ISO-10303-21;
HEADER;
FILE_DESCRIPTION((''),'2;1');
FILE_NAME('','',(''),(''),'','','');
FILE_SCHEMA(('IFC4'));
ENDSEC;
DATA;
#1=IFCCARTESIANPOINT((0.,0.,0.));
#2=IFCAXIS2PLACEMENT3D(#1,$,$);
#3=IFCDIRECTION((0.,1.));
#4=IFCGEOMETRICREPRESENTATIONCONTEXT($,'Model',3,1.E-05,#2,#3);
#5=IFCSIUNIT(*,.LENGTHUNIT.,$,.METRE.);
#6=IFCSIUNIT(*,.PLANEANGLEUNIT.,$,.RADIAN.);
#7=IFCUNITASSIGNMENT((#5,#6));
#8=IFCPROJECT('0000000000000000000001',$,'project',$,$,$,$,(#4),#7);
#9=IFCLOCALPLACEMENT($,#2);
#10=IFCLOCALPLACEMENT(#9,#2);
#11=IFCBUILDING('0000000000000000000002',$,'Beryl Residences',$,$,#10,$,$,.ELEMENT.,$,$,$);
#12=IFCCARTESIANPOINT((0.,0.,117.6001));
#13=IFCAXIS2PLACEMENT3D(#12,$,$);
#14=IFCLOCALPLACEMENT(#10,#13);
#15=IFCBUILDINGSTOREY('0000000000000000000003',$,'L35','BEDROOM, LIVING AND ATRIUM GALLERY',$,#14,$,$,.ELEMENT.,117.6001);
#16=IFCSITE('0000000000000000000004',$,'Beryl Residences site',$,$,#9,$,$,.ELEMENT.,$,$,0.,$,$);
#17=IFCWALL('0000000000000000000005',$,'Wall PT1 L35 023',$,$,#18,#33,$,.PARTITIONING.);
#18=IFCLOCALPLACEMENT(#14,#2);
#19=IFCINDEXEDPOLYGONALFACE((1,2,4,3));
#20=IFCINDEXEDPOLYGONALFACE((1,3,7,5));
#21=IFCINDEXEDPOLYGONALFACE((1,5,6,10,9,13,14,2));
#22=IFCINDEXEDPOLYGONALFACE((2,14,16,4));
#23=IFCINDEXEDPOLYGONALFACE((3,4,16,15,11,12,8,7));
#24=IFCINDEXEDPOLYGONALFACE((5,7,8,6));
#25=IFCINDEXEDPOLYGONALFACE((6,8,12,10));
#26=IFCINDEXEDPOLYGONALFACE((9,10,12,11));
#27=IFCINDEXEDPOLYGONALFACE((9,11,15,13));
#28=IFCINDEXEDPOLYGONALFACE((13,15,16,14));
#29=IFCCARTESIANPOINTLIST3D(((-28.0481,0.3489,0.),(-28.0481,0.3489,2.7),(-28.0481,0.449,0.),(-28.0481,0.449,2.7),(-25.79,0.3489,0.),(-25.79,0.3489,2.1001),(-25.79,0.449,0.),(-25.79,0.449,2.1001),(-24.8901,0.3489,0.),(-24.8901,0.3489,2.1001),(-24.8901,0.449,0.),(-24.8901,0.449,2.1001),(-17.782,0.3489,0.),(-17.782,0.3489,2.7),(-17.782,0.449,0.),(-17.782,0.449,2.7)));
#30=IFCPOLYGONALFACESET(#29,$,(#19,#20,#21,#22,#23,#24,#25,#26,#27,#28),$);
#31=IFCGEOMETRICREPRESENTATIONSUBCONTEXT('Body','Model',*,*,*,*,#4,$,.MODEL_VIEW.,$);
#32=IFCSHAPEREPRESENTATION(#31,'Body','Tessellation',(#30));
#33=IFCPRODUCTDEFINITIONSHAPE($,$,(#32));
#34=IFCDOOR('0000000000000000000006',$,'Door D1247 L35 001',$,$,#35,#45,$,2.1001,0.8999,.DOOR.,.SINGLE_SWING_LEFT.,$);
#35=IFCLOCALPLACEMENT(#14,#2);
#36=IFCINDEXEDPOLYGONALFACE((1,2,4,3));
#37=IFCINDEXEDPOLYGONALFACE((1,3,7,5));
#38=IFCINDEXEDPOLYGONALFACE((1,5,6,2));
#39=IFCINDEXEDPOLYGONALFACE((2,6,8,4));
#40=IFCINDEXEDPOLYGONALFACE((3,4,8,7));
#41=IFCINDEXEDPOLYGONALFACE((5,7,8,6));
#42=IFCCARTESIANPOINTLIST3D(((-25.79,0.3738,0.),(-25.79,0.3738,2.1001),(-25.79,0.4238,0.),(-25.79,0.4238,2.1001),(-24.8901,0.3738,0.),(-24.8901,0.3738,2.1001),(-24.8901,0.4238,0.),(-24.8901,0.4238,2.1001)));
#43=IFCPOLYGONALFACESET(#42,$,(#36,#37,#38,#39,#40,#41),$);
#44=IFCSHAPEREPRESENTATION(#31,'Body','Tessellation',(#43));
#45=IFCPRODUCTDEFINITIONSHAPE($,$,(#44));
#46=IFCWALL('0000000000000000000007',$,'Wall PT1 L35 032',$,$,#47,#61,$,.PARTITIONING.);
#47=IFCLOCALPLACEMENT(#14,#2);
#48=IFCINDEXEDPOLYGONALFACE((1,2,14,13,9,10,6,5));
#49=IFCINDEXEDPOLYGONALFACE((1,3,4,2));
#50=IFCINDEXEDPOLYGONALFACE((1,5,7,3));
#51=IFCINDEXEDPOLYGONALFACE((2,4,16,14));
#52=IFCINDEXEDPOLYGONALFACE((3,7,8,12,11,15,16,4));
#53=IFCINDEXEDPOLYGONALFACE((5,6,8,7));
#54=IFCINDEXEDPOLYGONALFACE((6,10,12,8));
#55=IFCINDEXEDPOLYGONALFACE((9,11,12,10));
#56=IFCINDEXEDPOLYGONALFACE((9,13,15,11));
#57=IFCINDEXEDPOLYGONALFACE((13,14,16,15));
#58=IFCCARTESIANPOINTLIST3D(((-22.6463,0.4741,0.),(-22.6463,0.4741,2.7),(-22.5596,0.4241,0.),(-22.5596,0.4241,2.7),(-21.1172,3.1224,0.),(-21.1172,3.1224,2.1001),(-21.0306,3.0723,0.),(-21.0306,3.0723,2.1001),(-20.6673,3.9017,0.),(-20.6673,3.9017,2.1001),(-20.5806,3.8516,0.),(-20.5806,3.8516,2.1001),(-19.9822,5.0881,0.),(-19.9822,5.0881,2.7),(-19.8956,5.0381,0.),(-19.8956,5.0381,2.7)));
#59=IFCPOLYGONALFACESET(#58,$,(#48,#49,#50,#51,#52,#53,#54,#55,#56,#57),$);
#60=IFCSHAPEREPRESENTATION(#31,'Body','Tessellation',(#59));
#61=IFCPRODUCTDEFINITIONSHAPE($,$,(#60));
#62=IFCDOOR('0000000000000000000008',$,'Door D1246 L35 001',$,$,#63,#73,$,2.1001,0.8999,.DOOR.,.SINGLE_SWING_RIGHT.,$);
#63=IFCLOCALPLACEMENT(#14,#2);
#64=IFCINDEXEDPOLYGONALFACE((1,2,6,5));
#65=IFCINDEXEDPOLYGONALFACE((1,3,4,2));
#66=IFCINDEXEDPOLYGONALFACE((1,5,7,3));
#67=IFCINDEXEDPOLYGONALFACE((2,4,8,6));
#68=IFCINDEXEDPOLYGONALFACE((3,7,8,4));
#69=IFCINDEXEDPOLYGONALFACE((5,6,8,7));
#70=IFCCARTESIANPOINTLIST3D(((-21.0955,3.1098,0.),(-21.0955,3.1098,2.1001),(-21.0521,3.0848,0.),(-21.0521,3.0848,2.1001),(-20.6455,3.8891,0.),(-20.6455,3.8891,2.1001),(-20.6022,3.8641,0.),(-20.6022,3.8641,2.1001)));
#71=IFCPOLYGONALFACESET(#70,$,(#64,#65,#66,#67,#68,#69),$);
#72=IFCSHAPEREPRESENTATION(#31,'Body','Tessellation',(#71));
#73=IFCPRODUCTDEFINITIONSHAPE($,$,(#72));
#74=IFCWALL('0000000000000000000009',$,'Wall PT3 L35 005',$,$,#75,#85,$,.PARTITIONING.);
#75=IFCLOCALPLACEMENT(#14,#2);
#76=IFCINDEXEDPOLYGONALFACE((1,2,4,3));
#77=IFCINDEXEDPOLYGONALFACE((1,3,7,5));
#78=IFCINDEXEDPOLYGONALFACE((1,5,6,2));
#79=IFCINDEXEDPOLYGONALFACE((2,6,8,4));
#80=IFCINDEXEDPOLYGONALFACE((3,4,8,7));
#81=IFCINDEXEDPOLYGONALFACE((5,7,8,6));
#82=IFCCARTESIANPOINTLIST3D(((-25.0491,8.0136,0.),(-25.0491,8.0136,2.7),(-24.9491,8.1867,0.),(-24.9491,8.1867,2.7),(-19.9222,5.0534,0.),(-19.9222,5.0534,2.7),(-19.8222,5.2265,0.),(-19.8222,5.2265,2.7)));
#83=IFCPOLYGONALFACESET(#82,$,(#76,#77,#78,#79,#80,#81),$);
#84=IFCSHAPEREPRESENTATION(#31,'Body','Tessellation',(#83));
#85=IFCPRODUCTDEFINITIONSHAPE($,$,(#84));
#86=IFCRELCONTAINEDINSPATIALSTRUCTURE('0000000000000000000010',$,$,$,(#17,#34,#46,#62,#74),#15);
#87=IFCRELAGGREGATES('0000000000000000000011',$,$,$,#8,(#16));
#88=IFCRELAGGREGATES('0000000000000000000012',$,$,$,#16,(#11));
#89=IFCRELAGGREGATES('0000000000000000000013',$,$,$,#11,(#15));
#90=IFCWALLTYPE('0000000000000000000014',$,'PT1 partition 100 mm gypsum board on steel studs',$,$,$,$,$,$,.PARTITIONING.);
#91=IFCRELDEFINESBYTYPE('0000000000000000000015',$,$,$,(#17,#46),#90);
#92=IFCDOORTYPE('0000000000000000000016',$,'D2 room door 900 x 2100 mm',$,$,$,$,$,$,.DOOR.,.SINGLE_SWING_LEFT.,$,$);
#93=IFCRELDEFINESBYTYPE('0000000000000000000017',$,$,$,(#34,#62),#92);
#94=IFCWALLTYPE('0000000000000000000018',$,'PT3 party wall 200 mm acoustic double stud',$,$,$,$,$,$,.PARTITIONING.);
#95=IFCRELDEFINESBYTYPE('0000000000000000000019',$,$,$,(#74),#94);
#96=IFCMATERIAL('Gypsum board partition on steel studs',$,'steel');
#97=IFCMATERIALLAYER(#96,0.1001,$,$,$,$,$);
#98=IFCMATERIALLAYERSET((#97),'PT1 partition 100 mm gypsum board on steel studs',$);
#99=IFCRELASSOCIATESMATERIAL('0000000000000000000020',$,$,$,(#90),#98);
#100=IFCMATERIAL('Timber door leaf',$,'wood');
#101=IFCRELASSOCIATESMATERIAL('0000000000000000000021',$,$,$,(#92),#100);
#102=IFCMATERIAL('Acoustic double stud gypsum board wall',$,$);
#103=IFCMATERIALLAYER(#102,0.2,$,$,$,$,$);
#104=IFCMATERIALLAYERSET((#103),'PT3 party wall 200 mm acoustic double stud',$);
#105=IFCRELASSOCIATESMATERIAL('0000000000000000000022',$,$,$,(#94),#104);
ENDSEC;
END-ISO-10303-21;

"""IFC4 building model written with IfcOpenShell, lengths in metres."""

from ifc_helpers import new_model, si_unit, direction, frame, frame_2d, origin, place, context, subcontext, project, spatial, rectangle, extrude, material, layer, layer_set, type_object, element, fill, save


model = new_model("IFC4")

# Units and contexts
model_context = context("Model", 3, precision=1e-05, world=origin(), true_north=direction((0.0, 1.0)))
body_context = subcontext(model_context, "Body", "Model", "MODEL_VIEW")
ifc_project = project(units=[si_unit("LENGTHUNIT", "METRE"), si_unit("PLANEANGLEUNIT", "RADIAN")], contexts=[model_context])

# Site, building, storey
site_placement = place(None, origin())
site = spatial("IfcSite", under=ifc_project, at=site_placement, Name="Beryl Residences site", CompositionType="ELEMENT", RefElevation=0.0)
building_placement = place(site_placement, origin())
building = spatial("IfcBuilding", under=site, at=building_placement, Name="Beryl Residences", CompositionType="ELEMENT")
storey_placement = place(building_placement, frame((0.0, 0.0, 117.6001)))
storey = spatial("IfcBuildingStorey", under=building, at=storey_placement, Name="L35", Description="BEDROOM, LIVING AND ATRIUM GALLERY", CompositionType="ELEMENT", Elevation=117.6001)

# Shared definitions
ifc_material_1 = material(Name="Gypsum board partition on steel studs", Category="steel")
ifc_layer_1 = layer(ifc_material_1, 0.1001)
ifc_layer_set_1 = layer_set([ifc_layer_1], Name="PT1 partition 100 mm gypsum board on steel studs")
wall_type_1 = type_object("IfcWallType", Name="PT1 partition 100 mm gypsum board on steel studs", PredefinedType="PARTITIONING", material=ifc_layer_set_1)

# Walls, openings, doors
wall_1_placement = place(storey_placement, frame((-28.0481, 0.3989, 0.0), z_axis=(0.0, 0.0, 1.0), x_axis=(1.0, 0.0, 0.0)))
wall_1 = element("IfcWall", 1, at=wall_1_placement, inside=storey, type_object=wall_type_1, Name="Wall PT1 L35 023", PredefinedType="PARTITIONING", context=body_context, shape_type="SweptSolid", body=[
    extrude(rectangle(XDim=10.2661, YDim=0.1001, at=frame_2d((5.1331, 0.0))), origin(), (0.0, 0.0, 1.0), 2.7),
])
opening_1_placement = place(wall_1_placement, frame((2.2581, 0.0, 0.0)))
opening_1 = element("IfcOpeningElement", 2, at=opening_1_placement, cuts=wall_1, PredefinedType="OPENING", context=body_context, shape_type="SweptSolid", body=[
    extrude(rectangle(XDim=0.8999, YDim=2.1001, at=frame_2d((0.45, 1.05))), frame((0.0, 0.0601, 0.0), z_axis=(0.0, -1.0, 0.0), x_axis=(1.0, 0.0, 0.0)), (0.0, 0.0, 1.0), 0.1201),
])
ifc_material_2 = material(Name="Timber door leaf", Category="wood")
door_type_1 = type_object("IfcDoorType", Name="D2 room door 900 x 2100 mm", OperationType="SINGLE_SWING_LEFT", PredefinedType="DOOR", material=ifc_material_2)
door_1_placement = place(opening_1_placement, origin())
door_1 = element("IfcDoor", 3, at=door_1_placement, inside=storey, type_object=door_type_1, Name="Door D1247 L35 001", OperationType="SINGLE_SWING_LEFT", OverallHeight=2.1001, OverallWidth=0.8999, PredefinedType="DOOR", context=body_context, shape_type="SweptSolid", body=[
    extrude(rectangle(XDim=0.8999, YDim=2.1001, at=frame_2d((0.45, 1.05))), frame((0.0, 0.0249, 0.0), z_axis=(0.0, -1.0, 0.0), x_axis=(1.0, 0.0, 0.0)), (0.0, 0.0, 1.0), 0.05),
])
fill(opening_1, door_1)
wall_2_placement = place(storey_placement, frame((-22.603, 0.449, 0.0), z_axis=(0.0, 0.0, 1.0), x_axis=(0.500023, 0.866012, 0.0)))
wall_2 = element("IfcWall", 4, at=wall_2_placement, inside=storey, type_object=wall_type_1, Name="Wall PT1 L35 032", PredefinedType="PARTITIONING", context=body_context, shape_type="SweptSolid", body=[
    extrude(rectangle(XDim=5.3279, YDim=0.1001, at=frame_2d((2.6641, 0.0))), origin(), (0.0, 0.0, 1.0), 2.7),
])
opening_2_placement = place(wall_2_placement, frame((3.0581, 0.0, 0.0)))
opening_2 = element("IfcOpeningElement", 5, at=opening_2_placement, cuts=wall_2, PredefinedType="OPENING", context=body_context, shape_type="SweptSolid", body=[
    extrude(rectangle(XDim=0.8999, YDim=2.1001, at=frame_2d((0.45, 1.05))), frame((0.0, 0.0601, 0.0), z_axis=(0.0, -1.0, 0.0), x_axis=(1.0, 0.0, 0.0)), (0.0, 0.0, 1.0), 0.1201),
])
door_2_placement = place(opening_2_placement, origin())
door_2 = element("IfcDoor", 6, at=door_2_placement, inside=storey, type_object=door_type_1, Name="Door D1246 L35 001", OperationType="SINGLE_SWING_RIGHT", OverallHeight=2.1001, OverallWidth=0.8999, PredefinedType="DOOR", context=body_context, shape_type="SweptSolid", body=[
    extrude(rectangle(XDim=0.8999, YDim=2.1001, at=frame_2d((0.45, 1.05))), frame((0.0, 0.0249, 0.0), z_axis=(0.0, -1.0, 0.0), x_axis=(1.0, 0.0, 0.0)), (0.0, 0.0, 1.0), 0.05),
])
fill(opening_2, door_2)

# Wall
ifc_material_3 = material(Name="Acoustic double stud gypsum board wall")
ifc_layer_2 = layer(ifc_material_3, 0.2)
ifc_layer_set_2 = layer_set([ifc_layer_2], Name="PT3 party wall 200 mm acoustic double stud")
wall_type_2 = type_object("IfcWallType", Name="PT3 party wall 200 mm acoustic double stud", PredefinedType="PARTITIONING", material=ifc_layer_set_2)
wall_3_placement = place(storey_placement, frame((-24.999, 8.1001, 0.0), z_axis=(0.0, 0.0, 1.0), x_axis=(0.866014, -0.50002, 0.0)))
element("IfcWall", 7, at=wall_3_placement, inside=storey, type_object=wall_type_2, Name="Wall PT3 L35 005", PredefinedType="PARTITIONING", context=body_context, shape_type="SweptSolid", body=[
    extrude(rectangle(XDim=5.9202, YDim=0.2, at=frame_2d((2.96, 0.0))), origin(), (0.0, 0.0, 1.0), 2.7),
])

save(model, "model.ifc")
